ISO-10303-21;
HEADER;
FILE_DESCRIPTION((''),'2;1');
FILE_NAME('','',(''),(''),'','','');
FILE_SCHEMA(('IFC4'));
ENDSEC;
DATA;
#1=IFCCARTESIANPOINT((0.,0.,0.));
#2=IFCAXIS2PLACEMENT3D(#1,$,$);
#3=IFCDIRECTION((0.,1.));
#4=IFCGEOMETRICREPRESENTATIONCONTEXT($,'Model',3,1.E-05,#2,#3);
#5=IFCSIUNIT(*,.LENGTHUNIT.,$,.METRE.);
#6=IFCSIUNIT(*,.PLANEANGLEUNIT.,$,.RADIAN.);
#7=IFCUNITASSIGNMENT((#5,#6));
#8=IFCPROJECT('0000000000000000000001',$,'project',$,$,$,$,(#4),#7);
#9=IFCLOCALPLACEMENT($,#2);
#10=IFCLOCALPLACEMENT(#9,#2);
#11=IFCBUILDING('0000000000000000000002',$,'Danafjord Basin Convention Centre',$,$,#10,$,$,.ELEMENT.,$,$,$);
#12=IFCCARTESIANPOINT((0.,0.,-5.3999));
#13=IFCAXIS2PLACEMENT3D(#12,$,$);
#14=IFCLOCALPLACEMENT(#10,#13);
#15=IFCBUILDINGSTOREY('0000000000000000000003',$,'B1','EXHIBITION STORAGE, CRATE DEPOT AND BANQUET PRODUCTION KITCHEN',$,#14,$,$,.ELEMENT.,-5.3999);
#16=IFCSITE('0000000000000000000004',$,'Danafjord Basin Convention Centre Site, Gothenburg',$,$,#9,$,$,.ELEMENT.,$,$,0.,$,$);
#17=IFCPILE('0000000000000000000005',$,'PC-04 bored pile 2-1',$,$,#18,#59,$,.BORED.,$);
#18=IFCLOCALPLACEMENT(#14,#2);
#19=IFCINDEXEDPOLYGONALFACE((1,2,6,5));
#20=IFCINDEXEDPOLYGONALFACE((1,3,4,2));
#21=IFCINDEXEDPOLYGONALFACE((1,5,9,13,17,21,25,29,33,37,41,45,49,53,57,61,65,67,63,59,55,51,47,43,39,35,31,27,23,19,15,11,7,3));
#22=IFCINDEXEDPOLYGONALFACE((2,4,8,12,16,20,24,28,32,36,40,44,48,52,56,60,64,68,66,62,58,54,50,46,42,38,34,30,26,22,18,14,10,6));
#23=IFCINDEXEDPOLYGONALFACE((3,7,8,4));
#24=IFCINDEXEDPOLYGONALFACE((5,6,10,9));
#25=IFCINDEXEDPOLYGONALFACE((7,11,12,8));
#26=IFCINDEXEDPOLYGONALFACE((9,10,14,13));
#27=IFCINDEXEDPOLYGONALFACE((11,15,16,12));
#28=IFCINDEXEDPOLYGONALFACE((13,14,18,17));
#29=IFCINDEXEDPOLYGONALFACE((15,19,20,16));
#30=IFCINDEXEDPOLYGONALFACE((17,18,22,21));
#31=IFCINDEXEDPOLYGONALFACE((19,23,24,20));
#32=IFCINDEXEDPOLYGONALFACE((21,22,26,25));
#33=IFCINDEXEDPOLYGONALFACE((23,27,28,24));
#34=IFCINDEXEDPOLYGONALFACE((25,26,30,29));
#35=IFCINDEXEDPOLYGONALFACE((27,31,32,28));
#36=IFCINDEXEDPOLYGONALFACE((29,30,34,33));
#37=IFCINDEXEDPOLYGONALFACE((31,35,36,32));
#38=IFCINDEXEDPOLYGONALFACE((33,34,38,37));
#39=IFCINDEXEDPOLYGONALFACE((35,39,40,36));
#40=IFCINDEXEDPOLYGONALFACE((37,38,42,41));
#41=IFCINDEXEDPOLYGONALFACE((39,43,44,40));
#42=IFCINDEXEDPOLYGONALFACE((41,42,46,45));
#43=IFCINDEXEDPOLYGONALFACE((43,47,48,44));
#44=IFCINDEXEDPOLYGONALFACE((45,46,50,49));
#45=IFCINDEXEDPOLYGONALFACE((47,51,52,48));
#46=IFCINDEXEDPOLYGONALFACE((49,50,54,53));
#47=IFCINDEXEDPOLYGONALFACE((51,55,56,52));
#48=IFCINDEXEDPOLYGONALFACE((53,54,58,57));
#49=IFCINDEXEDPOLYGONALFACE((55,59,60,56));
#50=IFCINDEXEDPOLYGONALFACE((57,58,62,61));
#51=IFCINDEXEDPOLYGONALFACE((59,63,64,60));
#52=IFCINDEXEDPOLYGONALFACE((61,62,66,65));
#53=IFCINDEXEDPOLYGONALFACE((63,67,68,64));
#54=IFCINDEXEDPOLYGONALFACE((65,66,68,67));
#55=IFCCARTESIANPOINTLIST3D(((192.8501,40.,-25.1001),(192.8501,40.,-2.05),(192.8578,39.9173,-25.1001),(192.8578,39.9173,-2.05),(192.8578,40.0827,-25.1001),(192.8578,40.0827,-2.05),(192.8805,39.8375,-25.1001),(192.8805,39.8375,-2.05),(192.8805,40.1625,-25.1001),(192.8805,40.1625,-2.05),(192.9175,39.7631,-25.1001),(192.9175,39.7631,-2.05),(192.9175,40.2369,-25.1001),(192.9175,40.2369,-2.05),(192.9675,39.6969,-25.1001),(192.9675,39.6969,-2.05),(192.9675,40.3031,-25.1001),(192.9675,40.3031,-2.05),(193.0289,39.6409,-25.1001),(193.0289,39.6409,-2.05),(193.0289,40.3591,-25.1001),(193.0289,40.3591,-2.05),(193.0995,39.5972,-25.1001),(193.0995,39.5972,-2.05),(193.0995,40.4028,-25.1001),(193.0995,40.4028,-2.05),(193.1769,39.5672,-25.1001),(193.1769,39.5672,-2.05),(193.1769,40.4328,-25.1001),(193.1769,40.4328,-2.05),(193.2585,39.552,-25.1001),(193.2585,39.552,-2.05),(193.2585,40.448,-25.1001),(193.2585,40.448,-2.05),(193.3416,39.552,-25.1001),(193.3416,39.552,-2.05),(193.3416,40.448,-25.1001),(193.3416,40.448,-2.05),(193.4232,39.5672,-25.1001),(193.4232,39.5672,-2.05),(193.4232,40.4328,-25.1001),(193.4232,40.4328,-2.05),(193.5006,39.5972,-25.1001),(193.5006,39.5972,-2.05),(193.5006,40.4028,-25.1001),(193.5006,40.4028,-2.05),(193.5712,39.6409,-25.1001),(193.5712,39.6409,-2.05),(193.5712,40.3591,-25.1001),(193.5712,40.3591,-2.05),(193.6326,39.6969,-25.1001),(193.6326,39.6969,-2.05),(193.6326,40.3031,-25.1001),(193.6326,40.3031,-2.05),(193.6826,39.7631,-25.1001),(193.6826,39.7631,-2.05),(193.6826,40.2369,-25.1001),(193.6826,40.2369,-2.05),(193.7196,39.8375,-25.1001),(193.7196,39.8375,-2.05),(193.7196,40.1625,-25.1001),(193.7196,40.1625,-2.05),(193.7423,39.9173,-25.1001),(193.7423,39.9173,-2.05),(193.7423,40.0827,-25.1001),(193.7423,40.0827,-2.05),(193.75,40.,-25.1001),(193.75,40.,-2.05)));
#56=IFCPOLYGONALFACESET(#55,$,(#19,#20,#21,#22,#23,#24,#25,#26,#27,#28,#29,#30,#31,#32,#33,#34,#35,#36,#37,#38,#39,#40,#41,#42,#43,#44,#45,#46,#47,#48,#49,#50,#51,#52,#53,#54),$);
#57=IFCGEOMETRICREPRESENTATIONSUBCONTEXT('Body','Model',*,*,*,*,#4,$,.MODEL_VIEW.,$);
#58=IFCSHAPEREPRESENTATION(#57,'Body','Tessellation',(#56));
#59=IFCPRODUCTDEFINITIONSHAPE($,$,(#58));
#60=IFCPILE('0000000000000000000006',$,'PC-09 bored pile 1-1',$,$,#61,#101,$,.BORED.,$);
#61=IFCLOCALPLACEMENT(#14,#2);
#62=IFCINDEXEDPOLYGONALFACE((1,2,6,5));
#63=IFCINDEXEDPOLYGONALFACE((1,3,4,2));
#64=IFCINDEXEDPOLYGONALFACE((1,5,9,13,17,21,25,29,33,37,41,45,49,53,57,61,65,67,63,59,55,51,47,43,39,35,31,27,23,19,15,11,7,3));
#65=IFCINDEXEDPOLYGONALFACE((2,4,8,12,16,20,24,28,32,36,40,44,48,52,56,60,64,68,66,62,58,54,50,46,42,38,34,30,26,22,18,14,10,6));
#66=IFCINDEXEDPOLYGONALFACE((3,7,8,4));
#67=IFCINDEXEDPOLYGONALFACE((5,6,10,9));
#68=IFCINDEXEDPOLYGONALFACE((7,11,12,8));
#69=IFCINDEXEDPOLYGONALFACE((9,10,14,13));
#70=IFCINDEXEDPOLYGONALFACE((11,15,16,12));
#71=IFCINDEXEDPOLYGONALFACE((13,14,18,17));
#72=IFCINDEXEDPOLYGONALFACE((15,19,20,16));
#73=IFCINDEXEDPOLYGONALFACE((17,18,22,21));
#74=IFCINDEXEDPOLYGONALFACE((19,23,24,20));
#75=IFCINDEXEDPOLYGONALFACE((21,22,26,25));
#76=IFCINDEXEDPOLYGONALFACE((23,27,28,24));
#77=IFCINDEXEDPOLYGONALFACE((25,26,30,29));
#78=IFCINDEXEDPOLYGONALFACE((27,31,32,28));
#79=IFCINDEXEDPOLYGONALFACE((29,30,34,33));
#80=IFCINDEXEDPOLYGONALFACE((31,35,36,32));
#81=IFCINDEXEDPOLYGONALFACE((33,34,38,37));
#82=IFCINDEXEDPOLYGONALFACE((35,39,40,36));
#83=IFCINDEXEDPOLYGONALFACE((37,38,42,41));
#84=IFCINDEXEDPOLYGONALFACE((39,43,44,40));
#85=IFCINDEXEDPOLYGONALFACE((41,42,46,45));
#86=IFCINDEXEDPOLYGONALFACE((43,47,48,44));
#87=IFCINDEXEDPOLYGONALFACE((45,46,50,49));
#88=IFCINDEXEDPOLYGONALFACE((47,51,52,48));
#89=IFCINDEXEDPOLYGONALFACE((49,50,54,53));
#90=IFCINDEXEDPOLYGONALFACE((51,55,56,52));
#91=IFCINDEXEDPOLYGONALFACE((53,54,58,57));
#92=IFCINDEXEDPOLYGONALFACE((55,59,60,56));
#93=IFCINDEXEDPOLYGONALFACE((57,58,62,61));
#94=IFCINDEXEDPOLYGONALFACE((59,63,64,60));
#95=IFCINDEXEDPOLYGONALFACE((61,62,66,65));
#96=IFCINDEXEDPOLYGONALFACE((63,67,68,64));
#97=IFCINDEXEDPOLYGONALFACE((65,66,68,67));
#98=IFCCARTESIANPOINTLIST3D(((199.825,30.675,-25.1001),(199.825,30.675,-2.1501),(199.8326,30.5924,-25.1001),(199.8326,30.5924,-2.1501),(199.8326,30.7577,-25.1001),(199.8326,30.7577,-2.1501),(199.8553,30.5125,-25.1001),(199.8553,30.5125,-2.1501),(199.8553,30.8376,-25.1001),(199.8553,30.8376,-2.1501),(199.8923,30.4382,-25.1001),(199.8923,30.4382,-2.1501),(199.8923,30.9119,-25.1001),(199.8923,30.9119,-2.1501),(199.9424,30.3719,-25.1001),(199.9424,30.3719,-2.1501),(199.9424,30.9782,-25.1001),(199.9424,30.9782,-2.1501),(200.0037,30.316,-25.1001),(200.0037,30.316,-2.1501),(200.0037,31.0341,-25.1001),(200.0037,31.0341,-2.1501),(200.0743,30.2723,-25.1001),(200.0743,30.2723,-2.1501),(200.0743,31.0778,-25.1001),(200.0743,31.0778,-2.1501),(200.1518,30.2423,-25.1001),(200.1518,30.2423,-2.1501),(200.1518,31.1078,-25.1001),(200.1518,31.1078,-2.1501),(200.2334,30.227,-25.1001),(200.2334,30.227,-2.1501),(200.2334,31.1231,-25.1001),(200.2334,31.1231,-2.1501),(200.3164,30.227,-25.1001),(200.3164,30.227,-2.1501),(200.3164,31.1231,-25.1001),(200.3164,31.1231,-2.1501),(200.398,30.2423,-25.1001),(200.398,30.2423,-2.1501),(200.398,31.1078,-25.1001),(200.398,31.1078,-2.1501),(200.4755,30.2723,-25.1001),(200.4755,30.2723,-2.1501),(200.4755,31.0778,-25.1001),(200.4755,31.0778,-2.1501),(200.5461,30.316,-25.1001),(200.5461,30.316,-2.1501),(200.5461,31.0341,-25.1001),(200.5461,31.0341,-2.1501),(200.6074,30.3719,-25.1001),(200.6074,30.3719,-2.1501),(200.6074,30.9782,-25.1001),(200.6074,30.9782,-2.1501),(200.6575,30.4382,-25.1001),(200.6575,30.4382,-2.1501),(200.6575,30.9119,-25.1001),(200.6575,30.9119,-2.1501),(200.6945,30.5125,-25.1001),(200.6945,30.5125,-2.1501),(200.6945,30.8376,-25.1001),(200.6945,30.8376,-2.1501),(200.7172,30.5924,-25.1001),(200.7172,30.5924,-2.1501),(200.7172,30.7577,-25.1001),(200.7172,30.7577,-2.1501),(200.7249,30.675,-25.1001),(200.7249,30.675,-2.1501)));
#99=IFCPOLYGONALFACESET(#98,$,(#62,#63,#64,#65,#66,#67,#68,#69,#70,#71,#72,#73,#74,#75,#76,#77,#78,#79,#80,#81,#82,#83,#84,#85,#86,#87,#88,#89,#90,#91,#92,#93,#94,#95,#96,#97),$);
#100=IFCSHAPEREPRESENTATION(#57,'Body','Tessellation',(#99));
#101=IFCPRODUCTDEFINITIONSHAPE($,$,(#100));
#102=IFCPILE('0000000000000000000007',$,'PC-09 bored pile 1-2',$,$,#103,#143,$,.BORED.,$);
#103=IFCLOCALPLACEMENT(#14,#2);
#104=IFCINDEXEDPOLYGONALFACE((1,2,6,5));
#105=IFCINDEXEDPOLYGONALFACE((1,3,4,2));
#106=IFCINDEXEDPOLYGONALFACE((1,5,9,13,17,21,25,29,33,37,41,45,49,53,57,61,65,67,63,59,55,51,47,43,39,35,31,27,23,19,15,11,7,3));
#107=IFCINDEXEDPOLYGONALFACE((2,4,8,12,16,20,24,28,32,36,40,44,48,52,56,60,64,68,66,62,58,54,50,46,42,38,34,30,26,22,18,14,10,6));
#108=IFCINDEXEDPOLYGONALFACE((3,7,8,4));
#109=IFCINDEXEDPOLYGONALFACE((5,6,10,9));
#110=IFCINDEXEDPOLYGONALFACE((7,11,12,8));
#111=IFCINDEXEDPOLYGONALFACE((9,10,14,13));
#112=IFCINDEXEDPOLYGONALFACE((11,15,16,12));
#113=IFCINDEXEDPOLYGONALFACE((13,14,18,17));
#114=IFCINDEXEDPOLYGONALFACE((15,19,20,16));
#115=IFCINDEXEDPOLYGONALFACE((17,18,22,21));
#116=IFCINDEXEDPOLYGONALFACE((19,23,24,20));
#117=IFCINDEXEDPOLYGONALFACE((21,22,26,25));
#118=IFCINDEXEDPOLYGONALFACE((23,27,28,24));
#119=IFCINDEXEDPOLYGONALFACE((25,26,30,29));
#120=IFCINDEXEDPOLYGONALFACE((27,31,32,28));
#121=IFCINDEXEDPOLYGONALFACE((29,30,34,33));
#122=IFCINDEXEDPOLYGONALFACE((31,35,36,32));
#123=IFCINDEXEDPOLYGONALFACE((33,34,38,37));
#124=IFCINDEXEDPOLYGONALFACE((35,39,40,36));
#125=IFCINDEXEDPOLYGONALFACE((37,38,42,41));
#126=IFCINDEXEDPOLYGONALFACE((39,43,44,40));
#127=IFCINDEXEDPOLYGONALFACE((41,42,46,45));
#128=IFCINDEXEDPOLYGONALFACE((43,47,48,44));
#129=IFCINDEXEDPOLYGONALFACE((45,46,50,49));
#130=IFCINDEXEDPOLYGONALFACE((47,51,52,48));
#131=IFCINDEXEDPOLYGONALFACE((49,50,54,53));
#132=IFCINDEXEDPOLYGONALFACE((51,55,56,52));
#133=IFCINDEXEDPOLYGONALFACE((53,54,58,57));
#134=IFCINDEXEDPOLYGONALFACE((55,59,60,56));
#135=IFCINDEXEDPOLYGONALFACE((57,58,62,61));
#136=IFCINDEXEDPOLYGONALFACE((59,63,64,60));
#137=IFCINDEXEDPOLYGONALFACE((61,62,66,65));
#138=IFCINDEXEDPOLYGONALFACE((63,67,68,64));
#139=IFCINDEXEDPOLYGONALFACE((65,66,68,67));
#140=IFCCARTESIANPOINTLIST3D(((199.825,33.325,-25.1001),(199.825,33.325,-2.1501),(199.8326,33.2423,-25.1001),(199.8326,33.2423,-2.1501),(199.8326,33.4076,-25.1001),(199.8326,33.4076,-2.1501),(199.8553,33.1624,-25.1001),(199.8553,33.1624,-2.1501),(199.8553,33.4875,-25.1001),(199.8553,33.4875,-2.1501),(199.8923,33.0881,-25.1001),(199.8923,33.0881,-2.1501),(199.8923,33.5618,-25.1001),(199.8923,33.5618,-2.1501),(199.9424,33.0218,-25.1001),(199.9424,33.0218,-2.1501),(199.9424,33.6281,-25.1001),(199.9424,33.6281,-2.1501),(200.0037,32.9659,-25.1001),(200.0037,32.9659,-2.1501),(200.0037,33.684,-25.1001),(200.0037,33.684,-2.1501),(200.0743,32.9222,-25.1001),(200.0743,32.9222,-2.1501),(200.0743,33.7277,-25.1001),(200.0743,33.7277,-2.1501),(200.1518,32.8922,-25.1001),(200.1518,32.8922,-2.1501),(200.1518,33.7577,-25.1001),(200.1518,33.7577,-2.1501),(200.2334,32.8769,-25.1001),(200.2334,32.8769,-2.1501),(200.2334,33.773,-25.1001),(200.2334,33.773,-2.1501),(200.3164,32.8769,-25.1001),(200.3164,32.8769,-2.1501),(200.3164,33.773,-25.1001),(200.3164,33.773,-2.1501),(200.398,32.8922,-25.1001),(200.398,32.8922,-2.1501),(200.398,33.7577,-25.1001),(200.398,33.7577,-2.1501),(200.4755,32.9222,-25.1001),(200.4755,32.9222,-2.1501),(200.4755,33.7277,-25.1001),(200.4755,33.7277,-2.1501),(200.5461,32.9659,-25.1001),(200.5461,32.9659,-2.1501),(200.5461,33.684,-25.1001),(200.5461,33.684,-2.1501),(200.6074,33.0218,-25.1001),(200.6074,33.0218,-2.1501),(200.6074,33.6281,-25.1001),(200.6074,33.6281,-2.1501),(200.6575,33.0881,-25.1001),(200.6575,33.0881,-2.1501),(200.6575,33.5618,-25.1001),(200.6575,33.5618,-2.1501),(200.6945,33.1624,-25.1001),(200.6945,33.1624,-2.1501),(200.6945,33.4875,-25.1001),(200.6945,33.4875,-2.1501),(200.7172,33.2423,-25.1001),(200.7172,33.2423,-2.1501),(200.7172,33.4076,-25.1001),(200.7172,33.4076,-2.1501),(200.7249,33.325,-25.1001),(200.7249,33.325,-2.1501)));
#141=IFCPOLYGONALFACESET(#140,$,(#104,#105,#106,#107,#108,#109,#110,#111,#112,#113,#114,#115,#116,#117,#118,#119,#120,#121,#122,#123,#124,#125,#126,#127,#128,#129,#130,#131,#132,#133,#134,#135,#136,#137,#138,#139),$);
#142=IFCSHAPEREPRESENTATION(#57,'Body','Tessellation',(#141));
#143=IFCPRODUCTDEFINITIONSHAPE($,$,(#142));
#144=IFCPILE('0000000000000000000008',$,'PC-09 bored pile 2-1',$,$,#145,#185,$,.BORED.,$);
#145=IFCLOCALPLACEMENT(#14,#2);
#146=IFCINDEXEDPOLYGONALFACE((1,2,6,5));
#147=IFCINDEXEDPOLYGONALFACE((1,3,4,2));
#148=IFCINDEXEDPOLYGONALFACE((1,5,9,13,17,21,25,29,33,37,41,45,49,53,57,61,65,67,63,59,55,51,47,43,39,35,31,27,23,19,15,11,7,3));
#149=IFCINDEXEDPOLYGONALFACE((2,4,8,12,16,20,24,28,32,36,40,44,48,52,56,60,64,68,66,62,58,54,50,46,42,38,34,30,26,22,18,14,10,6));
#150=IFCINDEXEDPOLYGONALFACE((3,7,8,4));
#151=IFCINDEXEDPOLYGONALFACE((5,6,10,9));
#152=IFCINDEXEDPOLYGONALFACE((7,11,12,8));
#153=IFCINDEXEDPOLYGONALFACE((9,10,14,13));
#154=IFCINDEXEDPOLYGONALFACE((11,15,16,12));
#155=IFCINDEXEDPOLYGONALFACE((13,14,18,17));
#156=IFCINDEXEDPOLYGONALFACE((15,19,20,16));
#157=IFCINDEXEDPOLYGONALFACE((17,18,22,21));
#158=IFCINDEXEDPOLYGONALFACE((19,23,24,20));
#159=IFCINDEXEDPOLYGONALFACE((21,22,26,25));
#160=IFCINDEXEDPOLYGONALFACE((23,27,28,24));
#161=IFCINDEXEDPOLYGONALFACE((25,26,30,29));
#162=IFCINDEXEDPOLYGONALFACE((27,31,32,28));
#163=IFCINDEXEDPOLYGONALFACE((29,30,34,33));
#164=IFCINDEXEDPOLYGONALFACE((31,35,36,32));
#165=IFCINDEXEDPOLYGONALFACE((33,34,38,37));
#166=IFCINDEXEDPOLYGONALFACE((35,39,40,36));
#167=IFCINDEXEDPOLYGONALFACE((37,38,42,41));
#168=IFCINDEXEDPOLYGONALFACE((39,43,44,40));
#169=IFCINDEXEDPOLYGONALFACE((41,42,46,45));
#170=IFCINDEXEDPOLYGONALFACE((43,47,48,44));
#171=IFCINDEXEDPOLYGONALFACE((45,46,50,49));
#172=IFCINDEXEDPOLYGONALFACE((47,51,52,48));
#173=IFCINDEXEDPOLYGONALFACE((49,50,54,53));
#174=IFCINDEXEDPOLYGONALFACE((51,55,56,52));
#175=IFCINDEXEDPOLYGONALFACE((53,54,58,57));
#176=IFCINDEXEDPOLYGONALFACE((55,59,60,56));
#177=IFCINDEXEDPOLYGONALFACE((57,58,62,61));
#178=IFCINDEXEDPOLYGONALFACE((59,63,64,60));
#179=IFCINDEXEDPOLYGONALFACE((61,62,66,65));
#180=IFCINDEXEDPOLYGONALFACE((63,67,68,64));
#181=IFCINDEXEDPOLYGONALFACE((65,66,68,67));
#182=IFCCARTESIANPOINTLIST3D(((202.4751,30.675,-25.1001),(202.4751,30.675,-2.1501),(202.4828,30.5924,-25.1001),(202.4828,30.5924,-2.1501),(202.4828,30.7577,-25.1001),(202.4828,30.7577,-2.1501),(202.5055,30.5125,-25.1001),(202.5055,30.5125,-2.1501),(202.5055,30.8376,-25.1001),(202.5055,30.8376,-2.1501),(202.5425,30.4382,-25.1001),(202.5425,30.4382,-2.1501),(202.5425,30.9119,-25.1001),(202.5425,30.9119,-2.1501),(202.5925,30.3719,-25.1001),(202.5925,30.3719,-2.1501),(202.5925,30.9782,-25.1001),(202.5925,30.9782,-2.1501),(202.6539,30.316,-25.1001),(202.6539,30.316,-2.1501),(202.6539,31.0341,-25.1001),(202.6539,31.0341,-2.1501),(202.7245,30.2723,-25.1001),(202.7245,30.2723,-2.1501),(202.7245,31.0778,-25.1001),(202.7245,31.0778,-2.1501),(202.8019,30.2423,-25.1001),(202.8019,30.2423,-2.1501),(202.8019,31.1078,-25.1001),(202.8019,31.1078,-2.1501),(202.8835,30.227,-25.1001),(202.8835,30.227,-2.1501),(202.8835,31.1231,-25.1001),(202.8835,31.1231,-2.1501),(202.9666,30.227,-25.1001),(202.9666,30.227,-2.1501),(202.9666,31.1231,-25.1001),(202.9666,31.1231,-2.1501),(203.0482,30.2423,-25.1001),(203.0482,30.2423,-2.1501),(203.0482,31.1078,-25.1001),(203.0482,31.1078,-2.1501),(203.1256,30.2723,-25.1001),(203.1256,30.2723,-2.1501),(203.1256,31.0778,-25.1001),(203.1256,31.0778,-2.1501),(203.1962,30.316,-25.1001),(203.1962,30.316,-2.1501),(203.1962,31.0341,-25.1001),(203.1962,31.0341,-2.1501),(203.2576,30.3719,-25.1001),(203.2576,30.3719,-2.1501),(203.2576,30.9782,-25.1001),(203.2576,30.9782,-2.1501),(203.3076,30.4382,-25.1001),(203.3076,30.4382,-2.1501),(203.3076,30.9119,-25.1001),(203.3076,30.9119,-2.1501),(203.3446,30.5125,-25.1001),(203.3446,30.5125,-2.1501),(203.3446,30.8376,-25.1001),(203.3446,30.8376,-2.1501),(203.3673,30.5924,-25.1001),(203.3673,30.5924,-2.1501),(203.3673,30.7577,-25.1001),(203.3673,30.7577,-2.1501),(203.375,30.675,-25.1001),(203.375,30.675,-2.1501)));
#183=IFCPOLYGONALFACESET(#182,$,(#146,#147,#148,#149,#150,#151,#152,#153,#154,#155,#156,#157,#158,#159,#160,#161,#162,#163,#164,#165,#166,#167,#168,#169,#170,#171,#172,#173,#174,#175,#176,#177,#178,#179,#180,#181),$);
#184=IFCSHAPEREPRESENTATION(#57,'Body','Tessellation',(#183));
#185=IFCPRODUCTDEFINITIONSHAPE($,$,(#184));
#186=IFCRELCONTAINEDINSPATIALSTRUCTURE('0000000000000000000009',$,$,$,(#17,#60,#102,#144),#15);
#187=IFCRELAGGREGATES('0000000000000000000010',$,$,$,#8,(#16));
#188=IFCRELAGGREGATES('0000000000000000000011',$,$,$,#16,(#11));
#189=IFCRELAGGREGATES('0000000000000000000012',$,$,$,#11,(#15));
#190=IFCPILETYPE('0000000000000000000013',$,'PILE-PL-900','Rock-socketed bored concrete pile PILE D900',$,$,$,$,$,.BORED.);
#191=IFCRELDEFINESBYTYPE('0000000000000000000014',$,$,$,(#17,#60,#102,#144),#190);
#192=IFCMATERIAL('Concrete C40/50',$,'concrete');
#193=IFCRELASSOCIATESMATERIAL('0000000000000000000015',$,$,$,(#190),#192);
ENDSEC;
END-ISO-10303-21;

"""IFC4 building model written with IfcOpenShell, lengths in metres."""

from ifc_helpers import new_model, si_unit, direction, frame, origin, origin_2d, place, context, subcontext, project, spatial, circle, extrude, material, material_profile, profile_set, type_object, element, save


model = new_model("IFC4")

# Units and contexts
model_context = context("Model", 3, precision=1e-05, world=origin(), true_north=direction((0.0, 1.0)))
body_context = subcontext(model_context, "Body", "Model", "MODEL_VIEW")
ifc_project = project(units=[si_unit("LENGTHUNIT", "METRE"), si_unit("PLANEANGLEUNIT", "RADIAN")], contexts=[model_context])

# Site, building, storey
site_placement = place(None, origin())
site = spatial("IfcSite", under=ifc_project, at=site_placement, Name="Danafjord Basin Convention Centre Site, Gothenburg", CompositionType="ELEMENT", RefElevation=0.0)
building_placement = place(site_placement, origin())
building = spatial("IfcBuilding", under=site, at=building_placement, Name="Danafjord Basin Convention Centre", CompositionType="ELEMENT")
storey_placement = place(building_placement, frame((0.0, 0.0, -5.3999)))
storey = spatial("IfcBuildingStorey", under=building, at=storey_placement, Name="B1", Description="EXHIBITION STORAGE, CRATE DEPOT AND BANQUET PRODUCTION KITCHEN", CompositionType="ELEMENT", Elevation=-5.3999)

# Shared definitions
ifc_material_1 = material(Name="Concrete C40/50", Category="concrete")

# Piles
ifc_material_profile_1 = material_profile(ifc_material_1, circle(Radius=0.45, at=origin_2d()), Name="PILE D900")
ifc_profile_set_1 = profile_set([ifc_material_profile_1], Name="Concrete C40/50")
pile_type = type_object("IfcPileType", Name="PILE-PL-900", Description="Rock-socketed bored concrete pile PILE D900", PredefinedType="BORED", material=ifc_profile_set_1)
for number, where, z_axis, x_axis, name in (
    (1, (193.3, 40.0, -2.05), (0.0, 0.0, -1.0), (1.0, 0.0, 0.0), "PC-04 bored pile 2-1"),
):
    element("IfcPile", number, at=place(storey_placement, frame(where, z_axis=z_axis, x_axis=x_axis)), inside=storey, type_object=pile_type, Name=name, PredefinedType="BORED", context=body_context, shape_type="SweptSolid", body=[
        extrude(circle(Radius=0.45, at=origin_2d()), origin(), (0.0, 0.0, 1.0), 23.05),
    ])
for number, where, z_axis, x_axis, name in (
    (2, (200.2749, 30.675, -2.1501), (0.0, 0.0, -1.0), (1.0, 0.0, 0.0), "PC-09 bored pile 1-1"),
    (3, (200.2749, 33.325, -2.1501), (0.0, 0.0, -1.0), (1.0, 0.0, 0.0), "PC-09 bored pile 1-2"),
    (4, (202.925, 30.675, -2.1501), (0.0, 0.0, -1.0), (1.0, 0.0, 0.0), "PC-09 bored pile 2-1"),
):
    element("IfcPile", number, at=place(storey_placement, frame(where, z_axis=z_axis, x_axis=x_axis)), inside=storey, type_object=pile_type, Name=name, PredefinedType="BORED", context=body_context, shape_type="SweptSolid", body=[
        extrude(circle(Radius=0.45, at=origin_2d()), origin(), (0.0, 0.0, 1.0), 22.95),
    ])

save(model, "model.ifc")
